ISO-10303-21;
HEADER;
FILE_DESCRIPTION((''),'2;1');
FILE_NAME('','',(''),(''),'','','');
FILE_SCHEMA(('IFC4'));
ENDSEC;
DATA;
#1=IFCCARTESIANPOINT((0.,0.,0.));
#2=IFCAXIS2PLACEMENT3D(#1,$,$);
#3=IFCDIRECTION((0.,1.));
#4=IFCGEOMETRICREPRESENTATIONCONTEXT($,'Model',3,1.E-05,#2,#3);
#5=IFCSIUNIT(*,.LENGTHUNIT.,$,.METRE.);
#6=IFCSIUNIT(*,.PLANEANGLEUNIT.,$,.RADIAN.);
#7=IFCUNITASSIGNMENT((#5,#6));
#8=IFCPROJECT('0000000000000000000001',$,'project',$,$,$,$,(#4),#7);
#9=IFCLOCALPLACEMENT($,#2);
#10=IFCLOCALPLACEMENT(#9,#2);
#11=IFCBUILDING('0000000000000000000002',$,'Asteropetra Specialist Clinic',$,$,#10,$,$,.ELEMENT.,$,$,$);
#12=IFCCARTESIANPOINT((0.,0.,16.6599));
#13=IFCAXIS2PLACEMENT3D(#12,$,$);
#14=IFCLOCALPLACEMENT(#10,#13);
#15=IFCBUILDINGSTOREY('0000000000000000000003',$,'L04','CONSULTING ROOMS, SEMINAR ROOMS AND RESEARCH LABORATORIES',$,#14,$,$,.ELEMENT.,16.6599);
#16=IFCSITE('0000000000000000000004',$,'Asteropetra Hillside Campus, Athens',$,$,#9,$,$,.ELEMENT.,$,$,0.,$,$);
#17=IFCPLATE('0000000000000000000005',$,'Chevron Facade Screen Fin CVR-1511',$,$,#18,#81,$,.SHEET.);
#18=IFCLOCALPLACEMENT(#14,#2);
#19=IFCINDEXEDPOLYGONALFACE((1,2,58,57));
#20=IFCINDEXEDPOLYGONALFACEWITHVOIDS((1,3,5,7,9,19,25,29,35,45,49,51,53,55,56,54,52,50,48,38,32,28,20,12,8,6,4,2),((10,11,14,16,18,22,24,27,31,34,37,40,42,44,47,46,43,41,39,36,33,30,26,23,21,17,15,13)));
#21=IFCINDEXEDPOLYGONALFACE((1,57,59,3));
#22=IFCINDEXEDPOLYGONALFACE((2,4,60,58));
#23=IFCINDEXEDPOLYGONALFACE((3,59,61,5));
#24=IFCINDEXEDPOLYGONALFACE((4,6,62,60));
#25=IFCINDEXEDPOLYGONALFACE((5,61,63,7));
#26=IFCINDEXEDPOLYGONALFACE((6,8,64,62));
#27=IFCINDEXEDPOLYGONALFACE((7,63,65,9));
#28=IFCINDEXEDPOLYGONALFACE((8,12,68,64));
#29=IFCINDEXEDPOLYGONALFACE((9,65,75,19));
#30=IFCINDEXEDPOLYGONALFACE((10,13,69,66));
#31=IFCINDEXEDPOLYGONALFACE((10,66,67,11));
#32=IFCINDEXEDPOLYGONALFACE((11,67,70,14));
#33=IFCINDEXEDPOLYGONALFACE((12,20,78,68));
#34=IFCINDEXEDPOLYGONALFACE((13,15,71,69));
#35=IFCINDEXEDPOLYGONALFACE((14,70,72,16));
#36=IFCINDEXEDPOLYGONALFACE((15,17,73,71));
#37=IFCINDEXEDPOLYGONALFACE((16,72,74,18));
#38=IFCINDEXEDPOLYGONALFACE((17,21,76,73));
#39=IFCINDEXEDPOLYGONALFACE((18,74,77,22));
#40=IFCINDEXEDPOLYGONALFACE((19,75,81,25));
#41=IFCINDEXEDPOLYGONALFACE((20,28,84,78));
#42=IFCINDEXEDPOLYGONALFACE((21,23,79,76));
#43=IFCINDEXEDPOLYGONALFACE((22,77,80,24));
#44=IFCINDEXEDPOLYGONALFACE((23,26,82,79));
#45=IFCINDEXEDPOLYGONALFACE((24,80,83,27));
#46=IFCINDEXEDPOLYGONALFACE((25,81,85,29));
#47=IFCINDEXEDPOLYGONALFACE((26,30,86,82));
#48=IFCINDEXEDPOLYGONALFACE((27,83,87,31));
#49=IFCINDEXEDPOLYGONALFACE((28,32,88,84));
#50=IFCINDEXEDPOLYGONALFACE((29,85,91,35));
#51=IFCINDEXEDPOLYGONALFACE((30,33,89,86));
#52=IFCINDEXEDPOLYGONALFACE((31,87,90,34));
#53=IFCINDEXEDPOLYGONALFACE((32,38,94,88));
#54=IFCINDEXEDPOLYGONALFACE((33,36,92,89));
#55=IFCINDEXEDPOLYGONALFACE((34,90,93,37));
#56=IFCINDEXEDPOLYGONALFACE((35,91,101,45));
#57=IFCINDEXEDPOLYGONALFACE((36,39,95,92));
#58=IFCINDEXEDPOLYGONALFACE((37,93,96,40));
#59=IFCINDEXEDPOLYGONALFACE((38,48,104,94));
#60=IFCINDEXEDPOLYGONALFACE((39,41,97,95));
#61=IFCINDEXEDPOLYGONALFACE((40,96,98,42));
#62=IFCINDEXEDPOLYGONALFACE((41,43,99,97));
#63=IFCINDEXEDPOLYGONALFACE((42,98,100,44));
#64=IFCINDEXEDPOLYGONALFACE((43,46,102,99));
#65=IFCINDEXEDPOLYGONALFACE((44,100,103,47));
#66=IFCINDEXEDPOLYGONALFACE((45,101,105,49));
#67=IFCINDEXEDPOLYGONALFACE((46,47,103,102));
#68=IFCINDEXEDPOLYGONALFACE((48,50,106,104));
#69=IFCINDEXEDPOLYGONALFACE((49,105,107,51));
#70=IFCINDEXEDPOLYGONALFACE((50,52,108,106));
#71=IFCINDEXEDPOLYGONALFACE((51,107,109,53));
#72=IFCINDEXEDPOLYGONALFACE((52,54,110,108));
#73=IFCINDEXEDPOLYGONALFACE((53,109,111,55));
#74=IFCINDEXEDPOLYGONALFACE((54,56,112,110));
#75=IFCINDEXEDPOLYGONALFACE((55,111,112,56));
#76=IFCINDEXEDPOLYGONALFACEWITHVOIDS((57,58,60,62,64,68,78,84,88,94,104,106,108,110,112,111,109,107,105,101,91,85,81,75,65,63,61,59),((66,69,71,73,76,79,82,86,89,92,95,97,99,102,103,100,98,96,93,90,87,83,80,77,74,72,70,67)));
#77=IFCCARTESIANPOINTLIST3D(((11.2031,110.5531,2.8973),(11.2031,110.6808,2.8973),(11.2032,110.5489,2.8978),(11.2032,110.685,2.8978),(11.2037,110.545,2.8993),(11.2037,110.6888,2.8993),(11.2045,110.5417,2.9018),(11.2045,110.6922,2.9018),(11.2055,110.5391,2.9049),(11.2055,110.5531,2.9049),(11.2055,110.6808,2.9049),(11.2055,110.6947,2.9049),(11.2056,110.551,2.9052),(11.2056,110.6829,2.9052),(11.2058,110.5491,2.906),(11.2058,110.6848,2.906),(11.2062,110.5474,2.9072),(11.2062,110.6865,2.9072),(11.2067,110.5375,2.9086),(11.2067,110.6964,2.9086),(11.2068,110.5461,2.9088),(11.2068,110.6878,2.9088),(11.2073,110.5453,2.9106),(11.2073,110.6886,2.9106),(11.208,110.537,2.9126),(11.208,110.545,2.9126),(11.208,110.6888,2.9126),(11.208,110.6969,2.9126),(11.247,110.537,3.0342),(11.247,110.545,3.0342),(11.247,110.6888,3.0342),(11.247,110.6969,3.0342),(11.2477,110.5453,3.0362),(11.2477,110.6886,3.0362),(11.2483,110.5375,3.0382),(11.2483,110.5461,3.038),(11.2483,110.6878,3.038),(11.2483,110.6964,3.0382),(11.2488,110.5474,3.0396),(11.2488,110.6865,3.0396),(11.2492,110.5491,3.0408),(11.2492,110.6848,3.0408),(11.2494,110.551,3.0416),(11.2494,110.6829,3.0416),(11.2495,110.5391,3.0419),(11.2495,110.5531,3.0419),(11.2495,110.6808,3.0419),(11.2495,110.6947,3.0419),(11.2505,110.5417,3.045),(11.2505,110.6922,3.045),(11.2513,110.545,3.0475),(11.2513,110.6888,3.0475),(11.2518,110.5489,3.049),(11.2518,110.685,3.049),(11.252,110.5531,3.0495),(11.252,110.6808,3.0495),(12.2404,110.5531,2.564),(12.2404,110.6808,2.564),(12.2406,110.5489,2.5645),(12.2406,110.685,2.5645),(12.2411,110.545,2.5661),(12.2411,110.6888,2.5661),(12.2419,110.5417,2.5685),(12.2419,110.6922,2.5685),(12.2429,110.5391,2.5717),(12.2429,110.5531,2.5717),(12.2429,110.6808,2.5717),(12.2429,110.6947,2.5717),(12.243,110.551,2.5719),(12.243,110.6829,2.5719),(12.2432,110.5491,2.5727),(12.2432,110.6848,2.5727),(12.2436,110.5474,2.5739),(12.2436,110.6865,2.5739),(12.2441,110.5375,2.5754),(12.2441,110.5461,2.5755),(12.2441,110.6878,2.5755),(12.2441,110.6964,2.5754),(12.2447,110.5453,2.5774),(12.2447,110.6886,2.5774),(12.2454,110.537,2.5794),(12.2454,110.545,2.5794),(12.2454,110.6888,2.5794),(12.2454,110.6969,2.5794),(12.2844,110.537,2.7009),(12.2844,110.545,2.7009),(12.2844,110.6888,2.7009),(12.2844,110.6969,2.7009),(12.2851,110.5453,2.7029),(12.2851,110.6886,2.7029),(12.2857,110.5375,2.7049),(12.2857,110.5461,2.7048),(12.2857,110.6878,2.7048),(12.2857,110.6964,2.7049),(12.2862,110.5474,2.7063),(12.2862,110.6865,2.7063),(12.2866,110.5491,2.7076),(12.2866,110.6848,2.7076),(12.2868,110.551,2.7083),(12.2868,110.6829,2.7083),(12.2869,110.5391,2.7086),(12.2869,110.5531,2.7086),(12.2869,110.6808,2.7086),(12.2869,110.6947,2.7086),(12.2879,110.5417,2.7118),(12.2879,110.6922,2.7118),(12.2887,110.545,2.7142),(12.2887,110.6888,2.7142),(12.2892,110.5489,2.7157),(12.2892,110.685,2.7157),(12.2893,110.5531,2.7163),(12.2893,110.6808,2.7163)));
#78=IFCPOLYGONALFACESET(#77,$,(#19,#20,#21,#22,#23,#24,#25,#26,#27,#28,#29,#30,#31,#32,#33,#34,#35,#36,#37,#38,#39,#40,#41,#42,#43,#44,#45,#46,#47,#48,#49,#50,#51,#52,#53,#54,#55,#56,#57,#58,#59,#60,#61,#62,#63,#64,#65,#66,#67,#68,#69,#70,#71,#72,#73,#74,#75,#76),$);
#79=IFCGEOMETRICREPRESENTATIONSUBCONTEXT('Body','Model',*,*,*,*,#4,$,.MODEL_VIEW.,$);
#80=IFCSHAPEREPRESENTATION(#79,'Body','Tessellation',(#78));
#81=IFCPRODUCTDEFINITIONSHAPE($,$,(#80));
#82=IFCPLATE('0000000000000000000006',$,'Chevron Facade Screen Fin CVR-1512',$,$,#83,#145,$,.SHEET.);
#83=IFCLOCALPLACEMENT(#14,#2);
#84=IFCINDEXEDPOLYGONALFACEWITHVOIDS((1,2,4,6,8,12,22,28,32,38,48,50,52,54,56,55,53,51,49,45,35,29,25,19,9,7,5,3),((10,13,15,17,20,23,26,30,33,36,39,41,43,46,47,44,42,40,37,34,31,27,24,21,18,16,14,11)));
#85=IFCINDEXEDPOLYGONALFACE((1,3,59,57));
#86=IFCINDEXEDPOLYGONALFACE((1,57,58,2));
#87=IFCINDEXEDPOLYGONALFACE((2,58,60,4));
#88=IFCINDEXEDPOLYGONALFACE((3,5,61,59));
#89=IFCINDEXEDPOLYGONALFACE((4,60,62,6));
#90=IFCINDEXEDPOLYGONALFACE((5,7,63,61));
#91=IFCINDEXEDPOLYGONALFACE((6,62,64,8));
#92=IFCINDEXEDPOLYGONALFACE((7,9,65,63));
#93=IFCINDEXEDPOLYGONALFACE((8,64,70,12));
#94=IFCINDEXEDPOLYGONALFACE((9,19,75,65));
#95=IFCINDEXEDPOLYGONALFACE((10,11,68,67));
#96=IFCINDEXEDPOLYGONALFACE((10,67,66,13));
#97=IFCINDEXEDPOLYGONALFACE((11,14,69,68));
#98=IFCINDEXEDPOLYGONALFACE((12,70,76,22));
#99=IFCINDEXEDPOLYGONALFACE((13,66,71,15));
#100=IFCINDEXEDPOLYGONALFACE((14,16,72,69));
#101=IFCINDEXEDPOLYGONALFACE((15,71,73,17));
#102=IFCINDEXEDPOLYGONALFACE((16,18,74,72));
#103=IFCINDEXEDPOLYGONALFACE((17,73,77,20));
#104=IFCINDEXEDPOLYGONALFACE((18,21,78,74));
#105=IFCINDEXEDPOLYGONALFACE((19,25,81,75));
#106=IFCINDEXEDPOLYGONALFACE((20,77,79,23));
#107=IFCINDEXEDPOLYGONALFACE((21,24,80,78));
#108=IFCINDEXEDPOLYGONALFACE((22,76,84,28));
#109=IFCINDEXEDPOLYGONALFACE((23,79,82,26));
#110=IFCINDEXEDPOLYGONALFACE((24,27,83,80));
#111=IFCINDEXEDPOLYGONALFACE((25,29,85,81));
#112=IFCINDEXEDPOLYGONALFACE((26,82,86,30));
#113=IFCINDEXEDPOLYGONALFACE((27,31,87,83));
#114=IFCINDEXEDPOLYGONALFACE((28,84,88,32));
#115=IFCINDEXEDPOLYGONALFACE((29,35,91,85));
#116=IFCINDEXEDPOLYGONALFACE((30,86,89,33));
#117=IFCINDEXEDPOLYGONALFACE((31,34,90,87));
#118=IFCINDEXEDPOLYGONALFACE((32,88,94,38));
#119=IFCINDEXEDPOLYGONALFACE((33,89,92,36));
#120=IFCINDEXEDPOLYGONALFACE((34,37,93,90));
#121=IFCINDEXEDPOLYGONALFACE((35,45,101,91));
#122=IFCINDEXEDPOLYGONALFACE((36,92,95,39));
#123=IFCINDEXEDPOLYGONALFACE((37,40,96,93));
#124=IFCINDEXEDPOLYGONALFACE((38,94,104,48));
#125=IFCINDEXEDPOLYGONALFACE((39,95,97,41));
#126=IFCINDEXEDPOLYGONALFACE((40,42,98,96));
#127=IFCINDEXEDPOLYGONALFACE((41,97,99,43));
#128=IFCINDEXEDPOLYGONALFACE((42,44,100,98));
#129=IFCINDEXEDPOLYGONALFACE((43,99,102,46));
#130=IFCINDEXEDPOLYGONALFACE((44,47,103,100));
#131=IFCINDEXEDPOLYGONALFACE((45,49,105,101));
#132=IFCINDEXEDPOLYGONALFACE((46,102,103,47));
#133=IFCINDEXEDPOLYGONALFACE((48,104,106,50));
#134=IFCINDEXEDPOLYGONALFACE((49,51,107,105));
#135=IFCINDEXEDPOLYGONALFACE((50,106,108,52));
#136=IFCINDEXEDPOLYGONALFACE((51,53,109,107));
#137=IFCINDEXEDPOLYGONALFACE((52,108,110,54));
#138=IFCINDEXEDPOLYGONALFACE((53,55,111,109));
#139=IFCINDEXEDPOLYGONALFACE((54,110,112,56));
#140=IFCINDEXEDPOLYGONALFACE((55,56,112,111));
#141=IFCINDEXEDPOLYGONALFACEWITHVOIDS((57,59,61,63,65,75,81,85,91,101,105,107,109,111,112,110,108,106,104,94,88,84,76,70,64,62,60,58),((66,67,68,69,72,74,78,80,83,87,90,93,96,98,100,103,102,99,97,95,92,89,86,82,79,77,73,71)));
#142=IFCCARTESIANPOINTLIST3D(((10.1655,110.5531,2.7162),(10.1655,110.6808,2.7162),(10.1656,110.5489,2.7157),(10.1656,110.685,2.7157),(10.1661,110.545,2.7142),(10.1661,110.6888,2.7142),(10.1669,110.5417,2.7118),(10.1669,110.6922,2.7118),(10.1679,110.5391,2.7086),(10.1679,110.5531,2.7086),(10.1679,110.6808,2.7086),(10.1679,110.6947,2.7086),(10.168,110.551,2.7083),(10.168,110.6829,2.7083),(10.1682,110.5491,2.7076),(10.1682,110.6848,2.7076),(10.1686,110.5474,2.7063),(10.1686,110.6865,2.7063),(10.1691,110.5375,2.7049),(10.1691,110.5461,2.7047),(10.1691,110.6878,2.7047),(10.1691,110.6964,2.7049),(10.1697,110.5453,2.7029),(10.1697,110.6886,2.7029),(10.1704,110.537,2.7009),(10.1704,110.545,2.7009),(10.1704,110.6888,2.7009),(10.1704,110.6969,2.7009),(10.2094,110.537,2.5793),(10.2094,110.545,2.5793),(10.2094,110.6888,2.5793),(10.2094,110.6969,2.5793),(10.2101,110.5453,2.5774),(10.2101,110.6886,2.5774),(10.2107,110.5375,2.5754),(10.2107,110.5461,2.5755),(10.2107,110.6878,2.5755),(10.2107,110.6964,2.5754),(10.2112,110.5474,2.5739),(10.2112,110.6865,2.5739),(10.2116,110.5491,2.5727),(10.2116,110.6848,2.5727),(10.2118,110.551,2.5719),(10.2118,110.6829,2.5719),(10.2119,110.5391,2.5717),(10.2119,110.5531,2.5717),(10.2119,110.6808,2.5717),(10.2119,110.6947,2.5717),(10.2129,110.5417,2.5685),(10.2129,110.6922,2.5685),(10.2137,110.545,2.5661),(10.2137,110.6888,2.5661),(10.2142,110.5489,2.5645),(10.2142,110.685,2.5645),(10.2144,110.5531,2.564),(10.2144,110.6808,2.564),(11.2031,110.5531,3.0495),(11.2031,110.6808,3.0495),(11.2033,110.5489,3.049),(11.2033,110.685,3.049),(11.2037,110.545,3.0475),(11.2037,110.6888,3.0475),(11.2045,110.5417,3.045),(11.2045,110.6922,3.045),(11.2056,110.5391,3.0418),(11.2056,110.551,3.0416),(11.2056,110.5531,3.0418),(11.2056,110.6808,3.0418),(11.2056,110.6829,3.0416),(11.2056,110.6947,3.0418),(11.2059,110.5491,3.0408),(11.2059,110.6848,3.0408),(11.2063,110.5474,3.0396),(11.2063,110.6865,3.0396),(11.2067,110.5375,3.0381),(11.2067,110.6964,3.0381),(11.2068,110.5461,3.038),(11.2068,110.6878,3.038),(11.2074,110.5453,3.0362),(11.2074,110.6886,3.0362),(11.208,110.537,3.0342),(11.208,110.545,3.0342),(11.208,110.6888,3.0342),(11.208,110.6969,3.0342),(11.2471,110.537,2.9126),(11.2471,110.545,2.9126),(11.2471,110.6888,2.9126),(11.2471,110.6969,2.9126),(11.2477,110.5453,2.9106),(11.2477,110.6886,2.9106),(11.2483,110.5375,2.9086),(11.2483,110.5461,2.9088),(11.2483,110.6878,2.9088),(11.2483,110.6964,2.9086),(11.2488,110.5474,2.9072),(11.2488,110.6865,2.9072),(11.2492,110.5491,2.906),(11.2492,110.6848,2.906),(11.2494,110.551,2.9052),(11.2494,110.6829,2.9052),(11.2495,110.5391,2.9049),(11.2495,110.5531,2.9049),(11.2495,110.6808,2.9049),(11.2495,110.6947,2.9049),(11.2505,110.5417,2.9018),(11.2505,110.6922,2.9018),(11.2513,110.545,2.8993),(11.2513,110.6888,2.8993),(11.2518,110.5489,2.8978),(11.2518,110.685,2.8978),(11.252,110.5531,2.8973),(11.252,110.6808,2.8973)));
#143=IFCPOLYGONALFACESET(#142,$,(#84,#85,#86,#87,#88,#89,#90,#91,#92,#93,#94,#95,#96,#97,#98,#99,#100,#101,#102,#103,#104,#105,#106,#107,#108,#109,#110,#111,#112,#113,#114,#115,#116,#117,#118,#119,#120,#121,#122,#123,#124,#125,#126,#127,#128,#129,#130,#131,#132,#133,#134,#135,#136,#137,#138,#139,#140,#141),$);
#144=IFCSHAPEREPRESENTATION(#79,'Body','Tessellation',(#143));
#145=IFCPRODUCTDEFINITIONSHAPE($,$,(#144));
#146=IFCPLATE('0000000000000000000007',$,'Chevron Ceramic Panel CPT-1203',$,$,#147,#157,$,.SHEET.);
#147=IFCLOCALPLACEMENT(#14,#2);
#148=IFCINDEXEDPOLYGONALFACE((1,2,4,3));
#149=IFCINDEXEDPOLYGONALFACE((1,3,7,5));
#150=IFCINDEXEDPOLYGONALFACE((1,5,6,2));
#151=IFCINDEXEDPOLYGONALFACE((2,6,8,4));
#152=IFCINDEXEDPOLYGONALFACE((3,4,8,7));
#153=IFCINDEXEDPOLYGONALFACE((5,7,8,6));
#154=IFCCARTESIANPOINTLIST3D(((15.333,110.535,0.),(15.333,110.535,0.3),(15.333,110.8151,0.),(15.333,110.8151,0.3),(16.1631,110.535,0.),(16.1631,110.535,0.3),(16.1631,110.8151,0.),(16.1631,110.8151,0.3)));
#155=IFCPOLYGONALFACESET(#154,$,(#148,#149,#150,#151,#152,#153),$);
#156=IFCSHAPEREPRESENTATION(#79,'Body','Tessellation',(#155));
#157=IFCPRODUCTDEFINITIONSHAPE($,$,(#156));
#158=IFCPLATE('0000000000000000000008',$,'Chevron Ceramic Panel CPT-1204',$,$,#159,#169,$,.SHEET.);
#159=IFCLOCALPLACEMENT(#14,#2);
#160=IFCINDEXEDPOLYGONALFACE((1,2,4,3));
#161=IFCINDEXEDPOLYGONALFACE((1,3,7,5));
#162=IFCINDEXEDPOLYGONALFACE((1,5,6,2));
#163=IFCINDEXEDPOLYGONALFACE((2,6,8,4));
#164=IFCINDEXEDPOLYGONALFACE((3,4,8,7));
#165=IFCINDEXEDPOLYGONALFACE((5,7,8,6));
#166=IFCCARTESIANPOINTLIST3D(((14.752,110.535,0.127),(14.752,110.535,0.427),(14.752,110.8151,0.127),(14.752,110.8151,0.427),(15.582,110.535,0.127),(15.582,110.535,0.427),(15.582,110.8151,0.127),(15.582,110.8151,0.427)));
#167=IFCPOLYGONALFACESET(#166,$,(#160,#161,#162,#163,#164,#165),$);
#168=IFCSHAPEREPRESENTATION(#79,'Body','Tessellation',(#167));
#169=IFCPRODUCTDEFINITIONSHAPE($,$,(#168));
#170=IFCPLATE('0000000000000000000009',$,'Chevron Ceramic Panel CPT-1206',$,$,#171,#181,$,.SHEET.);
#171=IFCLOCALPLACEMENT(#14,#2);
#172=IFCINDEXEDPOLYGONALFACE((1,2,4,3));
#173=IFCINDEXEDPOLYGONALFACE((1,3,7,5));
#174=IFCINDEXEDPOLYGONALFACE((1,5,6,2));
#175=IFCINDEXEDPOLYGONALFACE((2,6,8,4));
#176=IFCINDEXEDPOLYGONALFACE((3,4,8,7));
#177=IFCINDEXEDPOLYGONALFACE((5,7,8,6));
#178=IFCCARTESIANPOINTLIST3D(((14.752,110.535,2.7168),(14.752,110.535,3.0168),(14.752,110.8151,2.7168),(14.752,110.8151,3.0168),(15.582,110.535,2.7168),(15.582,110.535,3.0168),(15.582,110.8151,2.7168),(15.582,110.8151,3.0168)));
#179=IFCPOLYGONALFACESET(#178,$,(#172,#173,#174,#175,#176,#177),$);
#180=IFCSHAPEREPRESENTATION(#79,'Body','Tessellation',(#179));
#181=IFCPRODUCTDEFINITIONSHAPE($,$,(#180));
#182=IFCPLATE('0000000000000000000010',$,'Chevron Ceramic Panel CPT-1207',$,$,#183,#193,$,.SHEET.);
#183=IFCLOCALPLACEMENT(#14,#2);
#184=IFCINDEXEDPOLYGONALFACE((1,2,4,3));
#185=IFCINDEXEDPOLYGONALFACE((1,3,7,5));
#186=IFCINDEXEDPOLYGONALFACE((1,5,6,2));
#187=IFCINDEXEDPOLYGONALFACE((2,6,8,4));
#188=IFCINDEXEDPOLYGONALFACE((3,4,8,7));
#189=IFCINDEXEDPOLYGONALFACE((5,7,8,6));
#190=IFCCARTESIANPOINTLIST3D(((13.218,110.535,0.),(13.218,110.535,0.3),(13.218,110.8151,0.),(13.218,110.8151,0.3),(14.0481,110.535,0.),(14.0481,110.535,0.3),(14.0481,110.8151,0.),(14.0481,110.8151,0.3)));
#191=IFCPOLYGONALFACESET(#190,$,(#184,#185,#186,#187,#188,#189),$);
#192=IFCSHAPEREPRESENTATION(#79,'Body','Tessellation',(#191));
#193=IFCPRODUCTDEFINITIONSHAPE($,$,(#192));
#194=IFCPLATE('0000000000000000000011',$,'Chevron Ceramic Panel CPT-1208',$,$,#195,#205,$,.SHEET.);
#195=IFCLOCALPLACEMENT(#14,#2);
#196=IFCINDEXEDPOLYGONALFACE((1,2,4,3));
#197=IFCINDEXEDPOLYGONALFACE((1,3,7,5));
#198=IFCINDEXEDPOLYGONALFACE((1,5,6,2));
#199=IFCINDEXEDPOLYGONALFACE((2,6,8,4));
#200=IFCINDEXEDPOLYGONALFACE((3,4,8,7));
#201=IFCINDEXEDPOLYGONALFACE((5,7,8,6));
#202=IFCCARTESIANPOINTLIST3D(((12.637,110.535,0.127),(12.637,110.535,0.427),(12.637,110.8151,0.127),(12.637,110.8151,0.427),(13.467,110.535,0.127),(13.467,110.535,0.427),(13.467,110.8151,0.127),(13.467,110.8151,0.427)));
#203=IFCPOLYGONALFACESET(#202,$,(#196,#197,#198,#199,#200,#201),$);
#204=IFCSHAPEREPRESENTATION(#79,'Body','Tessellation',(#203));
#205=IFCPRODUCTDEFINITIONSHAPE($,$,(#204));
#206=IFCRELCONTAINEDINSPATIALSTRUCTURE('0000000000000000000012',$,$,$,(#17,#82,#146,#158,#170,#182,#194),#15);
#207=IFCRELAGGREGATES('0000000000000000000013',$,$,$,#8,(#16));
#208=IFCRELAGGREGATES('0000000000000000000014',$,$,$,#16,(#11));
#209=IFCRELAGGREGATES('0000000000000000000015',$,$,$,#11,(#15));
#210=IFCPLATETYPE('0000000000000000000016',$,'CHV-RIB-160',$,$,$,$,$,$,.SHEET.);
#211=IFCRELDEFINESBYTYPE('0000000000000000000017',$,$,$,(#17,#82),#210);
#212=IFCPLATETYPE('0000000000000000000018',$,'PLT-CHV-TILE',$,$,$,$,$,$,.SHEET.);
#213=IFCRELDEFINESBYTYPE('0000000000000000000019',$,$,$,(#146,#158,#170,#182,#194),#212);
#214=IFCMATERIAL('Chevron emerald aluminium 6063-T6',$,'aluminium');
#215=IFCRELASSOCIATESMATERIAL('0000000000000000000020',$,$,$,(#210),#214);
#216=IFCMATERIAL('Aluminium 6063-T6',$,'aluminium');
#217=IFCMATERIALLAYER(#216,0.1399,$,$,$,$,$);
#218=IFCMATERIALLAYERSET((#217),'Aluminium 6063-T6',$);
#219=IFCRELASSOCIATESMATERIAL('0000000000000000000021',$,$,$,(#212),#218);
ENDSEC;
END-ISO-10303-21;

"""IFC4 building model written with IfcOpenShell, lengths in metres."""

from ifc_helpers import new_model, si_unit, direction, frame, origin, origin_2d, place, context, subcontext, project, spatial, rectangle, hollow_rectangle, extrude, material, layer, layer_set, material_profile, profile_set, type_object, element, save


model = new_model("IFC4")

# Units and contexts
model_context = context("Model", 3, precision=1e-05, world=origin(), true_north=direction((0.0, 1.0)))
body_context = subcontext(model_context, "Body", "Model", "MODEL_VIEW")
ifc_project = project(units=[si_unit("LENGTHUNIT", "METRE"), si_unit("PLANEANGLEUNIT", "RADIAN")], contexts=[model_context])

# Site, building, storey
site_placement = place(None, origin())
site = spatial("IfcSite", under=ifc_project, at=site_placement, Name="Asteropetra Hillside Campus, Athens", CompositionType="ELEMENT", RefElevation=0.0)
building_placement = place(site_placement, origin())
building = spatial("IfcBuilding", under=site, at=building_placement, Name="Asteropetra Specialist Clinic", CompositionType="ELEMENT")
storey_placement = place(building_placement, frame((0.0, 0.0, 16.6599)))
storey = spatial("IfcBuildingStorey", under=building, at=storey_placement, Name="L04", Description="CONSULTING ROOMS, SEMINAR ROOMS AND RESEARCH LABORATORIES", CompositionType="ELEMENT", Elevation=16.6599)

# Plates
ifc_material_1 = material(Name="Chevron emerald aluminium 6063-T6", Category="aluminium")
ifc_material_profile_1 = material_profile(ifc_material_1, hollow_rectangle(XDim=0.1599, YDim=0.1599, WallThickness=0.0081, InnerFilletRadius=0.0081, OuterFilletRadius=0.0161, at=origin_2d()), Name="SHS 160x160x8.0")
ifc_profile_set_1 = profile_set([ifc_material_profile_1], Name="Chevron emerald aluminium 6063-T6")
plate_type_1 = type_object("IfcPlateType", Name="CHV-RIB-160", PredefinedType="SHEET", material=ifc_profile_set_1)
plate_1_placement = place(storey_placement, frame((12.2649, 110.6169, 2.6401), z_axis=(-0.952078, 0.0, 0.305857), x_axis=(0.0, -1.0, 0.0)))
element("IfcPlate", 1, at=plate_1_placement, inside=storey, type_object=plate_type_1, Name="Chevron Facade Screen Fin CVR-1511", PredefinedType="SHEET", context=body_context, shape_type="SweptSolid", body=[
    extrude(hollow_rectangle(XDim=0.1599, YDim=0.1599, WallThickness=0.0081, InnerFilletRadius=0.0081, OuterFilletRadius=0.0161, at=origin_2d()), origin(), (0.0, 0.0, 1.0), 1.0896),
])
plate_2_placement = place(storey_placement, frame((11.2275, 110.6169, 2.9734), z_axis=(-0.952098, 0.0, -0.305792), x_axis=(0.0, -1.0, 0.0)))
element("IfcPlate", 2, at=plate_2_placement, inside=storey, type_object=plate_type_1, Name="Chevron Facade Screen Fin CVR-1512", PredefinedType="SHEET", context=body_context, shape_type="SweptSolid", body=[
    extrude(hollow_rectangle(XDim=0.1599, YDim=0.1599, WallThickness=0.0081, InnerFilletRadius=0.0081, OuterFilletRadius=0.0161, at=origin_2d()), origin(), (0.0, 0.0, 1.0), 1.0898),
])
ifc_material_2 = material(Name="Aluminium 6063-T6", Category="aluminium")
ifc_layer_1 = layer(ifc_material_2, 0.1399)
ifc_layer_set_1 = layer_set([ifc_layer_1], Name="Aluminium 6063-T6")
plate_type_2 = type_object("IfcPlateType", Name="PLT-CHV-TILE", PredefinedType="SHEET", material=ifc_layer_set_1)
for number, where, z_axis, x_axis, name in (
    (3, (15.748, 110.675, 0.0), (0.0, 0.0, 1.0), (1.0, 0.0, 0.0), "Chevron Ceramic Panel CPT-1203"),
    (4, (15.167, 110.675, 0.127), (0.0, 0.0, 1.0), (1.0, 0.0, 0.0), "Chevron Ceramic Panel CPT-1204"),
    (5, (15.167, 110.675, 2.7168), (0.0, 0.0, 1.0), (1.0, 0.0, 0.0), "Chevron Ceramic Panel CPT-1206"),
    (6, (13.6331, 110.675, 0.0), (0.0, 0.0, 1.0), (1.0, 0.0, 0.0), "Chevron Ceramic Panel CPT-1207"),
    (7, (13.052, 110.675, 0.127), (0.0, 0.0, 1.0), (1.0, 0.0, 0.0), "Chevron Ceramic Panel CPT-1208"),
):
    element("IfcPlate", number, at=place(storey_placement, frame(where, z_axis=z_axis, x_axis=x_axis)), inside=storey, type_object=plate_type_2, Name=name, PredefinedType="SHEET", context=body_context, shape_type="SweptSolid", body=[
        extrude(rectangle(XDim=0.8301, YDim=0.28, at=origin_2d()), origin(), (0.0, 0.0, 1.0), 0.3),
    ])

save(model, "model.ifc")
